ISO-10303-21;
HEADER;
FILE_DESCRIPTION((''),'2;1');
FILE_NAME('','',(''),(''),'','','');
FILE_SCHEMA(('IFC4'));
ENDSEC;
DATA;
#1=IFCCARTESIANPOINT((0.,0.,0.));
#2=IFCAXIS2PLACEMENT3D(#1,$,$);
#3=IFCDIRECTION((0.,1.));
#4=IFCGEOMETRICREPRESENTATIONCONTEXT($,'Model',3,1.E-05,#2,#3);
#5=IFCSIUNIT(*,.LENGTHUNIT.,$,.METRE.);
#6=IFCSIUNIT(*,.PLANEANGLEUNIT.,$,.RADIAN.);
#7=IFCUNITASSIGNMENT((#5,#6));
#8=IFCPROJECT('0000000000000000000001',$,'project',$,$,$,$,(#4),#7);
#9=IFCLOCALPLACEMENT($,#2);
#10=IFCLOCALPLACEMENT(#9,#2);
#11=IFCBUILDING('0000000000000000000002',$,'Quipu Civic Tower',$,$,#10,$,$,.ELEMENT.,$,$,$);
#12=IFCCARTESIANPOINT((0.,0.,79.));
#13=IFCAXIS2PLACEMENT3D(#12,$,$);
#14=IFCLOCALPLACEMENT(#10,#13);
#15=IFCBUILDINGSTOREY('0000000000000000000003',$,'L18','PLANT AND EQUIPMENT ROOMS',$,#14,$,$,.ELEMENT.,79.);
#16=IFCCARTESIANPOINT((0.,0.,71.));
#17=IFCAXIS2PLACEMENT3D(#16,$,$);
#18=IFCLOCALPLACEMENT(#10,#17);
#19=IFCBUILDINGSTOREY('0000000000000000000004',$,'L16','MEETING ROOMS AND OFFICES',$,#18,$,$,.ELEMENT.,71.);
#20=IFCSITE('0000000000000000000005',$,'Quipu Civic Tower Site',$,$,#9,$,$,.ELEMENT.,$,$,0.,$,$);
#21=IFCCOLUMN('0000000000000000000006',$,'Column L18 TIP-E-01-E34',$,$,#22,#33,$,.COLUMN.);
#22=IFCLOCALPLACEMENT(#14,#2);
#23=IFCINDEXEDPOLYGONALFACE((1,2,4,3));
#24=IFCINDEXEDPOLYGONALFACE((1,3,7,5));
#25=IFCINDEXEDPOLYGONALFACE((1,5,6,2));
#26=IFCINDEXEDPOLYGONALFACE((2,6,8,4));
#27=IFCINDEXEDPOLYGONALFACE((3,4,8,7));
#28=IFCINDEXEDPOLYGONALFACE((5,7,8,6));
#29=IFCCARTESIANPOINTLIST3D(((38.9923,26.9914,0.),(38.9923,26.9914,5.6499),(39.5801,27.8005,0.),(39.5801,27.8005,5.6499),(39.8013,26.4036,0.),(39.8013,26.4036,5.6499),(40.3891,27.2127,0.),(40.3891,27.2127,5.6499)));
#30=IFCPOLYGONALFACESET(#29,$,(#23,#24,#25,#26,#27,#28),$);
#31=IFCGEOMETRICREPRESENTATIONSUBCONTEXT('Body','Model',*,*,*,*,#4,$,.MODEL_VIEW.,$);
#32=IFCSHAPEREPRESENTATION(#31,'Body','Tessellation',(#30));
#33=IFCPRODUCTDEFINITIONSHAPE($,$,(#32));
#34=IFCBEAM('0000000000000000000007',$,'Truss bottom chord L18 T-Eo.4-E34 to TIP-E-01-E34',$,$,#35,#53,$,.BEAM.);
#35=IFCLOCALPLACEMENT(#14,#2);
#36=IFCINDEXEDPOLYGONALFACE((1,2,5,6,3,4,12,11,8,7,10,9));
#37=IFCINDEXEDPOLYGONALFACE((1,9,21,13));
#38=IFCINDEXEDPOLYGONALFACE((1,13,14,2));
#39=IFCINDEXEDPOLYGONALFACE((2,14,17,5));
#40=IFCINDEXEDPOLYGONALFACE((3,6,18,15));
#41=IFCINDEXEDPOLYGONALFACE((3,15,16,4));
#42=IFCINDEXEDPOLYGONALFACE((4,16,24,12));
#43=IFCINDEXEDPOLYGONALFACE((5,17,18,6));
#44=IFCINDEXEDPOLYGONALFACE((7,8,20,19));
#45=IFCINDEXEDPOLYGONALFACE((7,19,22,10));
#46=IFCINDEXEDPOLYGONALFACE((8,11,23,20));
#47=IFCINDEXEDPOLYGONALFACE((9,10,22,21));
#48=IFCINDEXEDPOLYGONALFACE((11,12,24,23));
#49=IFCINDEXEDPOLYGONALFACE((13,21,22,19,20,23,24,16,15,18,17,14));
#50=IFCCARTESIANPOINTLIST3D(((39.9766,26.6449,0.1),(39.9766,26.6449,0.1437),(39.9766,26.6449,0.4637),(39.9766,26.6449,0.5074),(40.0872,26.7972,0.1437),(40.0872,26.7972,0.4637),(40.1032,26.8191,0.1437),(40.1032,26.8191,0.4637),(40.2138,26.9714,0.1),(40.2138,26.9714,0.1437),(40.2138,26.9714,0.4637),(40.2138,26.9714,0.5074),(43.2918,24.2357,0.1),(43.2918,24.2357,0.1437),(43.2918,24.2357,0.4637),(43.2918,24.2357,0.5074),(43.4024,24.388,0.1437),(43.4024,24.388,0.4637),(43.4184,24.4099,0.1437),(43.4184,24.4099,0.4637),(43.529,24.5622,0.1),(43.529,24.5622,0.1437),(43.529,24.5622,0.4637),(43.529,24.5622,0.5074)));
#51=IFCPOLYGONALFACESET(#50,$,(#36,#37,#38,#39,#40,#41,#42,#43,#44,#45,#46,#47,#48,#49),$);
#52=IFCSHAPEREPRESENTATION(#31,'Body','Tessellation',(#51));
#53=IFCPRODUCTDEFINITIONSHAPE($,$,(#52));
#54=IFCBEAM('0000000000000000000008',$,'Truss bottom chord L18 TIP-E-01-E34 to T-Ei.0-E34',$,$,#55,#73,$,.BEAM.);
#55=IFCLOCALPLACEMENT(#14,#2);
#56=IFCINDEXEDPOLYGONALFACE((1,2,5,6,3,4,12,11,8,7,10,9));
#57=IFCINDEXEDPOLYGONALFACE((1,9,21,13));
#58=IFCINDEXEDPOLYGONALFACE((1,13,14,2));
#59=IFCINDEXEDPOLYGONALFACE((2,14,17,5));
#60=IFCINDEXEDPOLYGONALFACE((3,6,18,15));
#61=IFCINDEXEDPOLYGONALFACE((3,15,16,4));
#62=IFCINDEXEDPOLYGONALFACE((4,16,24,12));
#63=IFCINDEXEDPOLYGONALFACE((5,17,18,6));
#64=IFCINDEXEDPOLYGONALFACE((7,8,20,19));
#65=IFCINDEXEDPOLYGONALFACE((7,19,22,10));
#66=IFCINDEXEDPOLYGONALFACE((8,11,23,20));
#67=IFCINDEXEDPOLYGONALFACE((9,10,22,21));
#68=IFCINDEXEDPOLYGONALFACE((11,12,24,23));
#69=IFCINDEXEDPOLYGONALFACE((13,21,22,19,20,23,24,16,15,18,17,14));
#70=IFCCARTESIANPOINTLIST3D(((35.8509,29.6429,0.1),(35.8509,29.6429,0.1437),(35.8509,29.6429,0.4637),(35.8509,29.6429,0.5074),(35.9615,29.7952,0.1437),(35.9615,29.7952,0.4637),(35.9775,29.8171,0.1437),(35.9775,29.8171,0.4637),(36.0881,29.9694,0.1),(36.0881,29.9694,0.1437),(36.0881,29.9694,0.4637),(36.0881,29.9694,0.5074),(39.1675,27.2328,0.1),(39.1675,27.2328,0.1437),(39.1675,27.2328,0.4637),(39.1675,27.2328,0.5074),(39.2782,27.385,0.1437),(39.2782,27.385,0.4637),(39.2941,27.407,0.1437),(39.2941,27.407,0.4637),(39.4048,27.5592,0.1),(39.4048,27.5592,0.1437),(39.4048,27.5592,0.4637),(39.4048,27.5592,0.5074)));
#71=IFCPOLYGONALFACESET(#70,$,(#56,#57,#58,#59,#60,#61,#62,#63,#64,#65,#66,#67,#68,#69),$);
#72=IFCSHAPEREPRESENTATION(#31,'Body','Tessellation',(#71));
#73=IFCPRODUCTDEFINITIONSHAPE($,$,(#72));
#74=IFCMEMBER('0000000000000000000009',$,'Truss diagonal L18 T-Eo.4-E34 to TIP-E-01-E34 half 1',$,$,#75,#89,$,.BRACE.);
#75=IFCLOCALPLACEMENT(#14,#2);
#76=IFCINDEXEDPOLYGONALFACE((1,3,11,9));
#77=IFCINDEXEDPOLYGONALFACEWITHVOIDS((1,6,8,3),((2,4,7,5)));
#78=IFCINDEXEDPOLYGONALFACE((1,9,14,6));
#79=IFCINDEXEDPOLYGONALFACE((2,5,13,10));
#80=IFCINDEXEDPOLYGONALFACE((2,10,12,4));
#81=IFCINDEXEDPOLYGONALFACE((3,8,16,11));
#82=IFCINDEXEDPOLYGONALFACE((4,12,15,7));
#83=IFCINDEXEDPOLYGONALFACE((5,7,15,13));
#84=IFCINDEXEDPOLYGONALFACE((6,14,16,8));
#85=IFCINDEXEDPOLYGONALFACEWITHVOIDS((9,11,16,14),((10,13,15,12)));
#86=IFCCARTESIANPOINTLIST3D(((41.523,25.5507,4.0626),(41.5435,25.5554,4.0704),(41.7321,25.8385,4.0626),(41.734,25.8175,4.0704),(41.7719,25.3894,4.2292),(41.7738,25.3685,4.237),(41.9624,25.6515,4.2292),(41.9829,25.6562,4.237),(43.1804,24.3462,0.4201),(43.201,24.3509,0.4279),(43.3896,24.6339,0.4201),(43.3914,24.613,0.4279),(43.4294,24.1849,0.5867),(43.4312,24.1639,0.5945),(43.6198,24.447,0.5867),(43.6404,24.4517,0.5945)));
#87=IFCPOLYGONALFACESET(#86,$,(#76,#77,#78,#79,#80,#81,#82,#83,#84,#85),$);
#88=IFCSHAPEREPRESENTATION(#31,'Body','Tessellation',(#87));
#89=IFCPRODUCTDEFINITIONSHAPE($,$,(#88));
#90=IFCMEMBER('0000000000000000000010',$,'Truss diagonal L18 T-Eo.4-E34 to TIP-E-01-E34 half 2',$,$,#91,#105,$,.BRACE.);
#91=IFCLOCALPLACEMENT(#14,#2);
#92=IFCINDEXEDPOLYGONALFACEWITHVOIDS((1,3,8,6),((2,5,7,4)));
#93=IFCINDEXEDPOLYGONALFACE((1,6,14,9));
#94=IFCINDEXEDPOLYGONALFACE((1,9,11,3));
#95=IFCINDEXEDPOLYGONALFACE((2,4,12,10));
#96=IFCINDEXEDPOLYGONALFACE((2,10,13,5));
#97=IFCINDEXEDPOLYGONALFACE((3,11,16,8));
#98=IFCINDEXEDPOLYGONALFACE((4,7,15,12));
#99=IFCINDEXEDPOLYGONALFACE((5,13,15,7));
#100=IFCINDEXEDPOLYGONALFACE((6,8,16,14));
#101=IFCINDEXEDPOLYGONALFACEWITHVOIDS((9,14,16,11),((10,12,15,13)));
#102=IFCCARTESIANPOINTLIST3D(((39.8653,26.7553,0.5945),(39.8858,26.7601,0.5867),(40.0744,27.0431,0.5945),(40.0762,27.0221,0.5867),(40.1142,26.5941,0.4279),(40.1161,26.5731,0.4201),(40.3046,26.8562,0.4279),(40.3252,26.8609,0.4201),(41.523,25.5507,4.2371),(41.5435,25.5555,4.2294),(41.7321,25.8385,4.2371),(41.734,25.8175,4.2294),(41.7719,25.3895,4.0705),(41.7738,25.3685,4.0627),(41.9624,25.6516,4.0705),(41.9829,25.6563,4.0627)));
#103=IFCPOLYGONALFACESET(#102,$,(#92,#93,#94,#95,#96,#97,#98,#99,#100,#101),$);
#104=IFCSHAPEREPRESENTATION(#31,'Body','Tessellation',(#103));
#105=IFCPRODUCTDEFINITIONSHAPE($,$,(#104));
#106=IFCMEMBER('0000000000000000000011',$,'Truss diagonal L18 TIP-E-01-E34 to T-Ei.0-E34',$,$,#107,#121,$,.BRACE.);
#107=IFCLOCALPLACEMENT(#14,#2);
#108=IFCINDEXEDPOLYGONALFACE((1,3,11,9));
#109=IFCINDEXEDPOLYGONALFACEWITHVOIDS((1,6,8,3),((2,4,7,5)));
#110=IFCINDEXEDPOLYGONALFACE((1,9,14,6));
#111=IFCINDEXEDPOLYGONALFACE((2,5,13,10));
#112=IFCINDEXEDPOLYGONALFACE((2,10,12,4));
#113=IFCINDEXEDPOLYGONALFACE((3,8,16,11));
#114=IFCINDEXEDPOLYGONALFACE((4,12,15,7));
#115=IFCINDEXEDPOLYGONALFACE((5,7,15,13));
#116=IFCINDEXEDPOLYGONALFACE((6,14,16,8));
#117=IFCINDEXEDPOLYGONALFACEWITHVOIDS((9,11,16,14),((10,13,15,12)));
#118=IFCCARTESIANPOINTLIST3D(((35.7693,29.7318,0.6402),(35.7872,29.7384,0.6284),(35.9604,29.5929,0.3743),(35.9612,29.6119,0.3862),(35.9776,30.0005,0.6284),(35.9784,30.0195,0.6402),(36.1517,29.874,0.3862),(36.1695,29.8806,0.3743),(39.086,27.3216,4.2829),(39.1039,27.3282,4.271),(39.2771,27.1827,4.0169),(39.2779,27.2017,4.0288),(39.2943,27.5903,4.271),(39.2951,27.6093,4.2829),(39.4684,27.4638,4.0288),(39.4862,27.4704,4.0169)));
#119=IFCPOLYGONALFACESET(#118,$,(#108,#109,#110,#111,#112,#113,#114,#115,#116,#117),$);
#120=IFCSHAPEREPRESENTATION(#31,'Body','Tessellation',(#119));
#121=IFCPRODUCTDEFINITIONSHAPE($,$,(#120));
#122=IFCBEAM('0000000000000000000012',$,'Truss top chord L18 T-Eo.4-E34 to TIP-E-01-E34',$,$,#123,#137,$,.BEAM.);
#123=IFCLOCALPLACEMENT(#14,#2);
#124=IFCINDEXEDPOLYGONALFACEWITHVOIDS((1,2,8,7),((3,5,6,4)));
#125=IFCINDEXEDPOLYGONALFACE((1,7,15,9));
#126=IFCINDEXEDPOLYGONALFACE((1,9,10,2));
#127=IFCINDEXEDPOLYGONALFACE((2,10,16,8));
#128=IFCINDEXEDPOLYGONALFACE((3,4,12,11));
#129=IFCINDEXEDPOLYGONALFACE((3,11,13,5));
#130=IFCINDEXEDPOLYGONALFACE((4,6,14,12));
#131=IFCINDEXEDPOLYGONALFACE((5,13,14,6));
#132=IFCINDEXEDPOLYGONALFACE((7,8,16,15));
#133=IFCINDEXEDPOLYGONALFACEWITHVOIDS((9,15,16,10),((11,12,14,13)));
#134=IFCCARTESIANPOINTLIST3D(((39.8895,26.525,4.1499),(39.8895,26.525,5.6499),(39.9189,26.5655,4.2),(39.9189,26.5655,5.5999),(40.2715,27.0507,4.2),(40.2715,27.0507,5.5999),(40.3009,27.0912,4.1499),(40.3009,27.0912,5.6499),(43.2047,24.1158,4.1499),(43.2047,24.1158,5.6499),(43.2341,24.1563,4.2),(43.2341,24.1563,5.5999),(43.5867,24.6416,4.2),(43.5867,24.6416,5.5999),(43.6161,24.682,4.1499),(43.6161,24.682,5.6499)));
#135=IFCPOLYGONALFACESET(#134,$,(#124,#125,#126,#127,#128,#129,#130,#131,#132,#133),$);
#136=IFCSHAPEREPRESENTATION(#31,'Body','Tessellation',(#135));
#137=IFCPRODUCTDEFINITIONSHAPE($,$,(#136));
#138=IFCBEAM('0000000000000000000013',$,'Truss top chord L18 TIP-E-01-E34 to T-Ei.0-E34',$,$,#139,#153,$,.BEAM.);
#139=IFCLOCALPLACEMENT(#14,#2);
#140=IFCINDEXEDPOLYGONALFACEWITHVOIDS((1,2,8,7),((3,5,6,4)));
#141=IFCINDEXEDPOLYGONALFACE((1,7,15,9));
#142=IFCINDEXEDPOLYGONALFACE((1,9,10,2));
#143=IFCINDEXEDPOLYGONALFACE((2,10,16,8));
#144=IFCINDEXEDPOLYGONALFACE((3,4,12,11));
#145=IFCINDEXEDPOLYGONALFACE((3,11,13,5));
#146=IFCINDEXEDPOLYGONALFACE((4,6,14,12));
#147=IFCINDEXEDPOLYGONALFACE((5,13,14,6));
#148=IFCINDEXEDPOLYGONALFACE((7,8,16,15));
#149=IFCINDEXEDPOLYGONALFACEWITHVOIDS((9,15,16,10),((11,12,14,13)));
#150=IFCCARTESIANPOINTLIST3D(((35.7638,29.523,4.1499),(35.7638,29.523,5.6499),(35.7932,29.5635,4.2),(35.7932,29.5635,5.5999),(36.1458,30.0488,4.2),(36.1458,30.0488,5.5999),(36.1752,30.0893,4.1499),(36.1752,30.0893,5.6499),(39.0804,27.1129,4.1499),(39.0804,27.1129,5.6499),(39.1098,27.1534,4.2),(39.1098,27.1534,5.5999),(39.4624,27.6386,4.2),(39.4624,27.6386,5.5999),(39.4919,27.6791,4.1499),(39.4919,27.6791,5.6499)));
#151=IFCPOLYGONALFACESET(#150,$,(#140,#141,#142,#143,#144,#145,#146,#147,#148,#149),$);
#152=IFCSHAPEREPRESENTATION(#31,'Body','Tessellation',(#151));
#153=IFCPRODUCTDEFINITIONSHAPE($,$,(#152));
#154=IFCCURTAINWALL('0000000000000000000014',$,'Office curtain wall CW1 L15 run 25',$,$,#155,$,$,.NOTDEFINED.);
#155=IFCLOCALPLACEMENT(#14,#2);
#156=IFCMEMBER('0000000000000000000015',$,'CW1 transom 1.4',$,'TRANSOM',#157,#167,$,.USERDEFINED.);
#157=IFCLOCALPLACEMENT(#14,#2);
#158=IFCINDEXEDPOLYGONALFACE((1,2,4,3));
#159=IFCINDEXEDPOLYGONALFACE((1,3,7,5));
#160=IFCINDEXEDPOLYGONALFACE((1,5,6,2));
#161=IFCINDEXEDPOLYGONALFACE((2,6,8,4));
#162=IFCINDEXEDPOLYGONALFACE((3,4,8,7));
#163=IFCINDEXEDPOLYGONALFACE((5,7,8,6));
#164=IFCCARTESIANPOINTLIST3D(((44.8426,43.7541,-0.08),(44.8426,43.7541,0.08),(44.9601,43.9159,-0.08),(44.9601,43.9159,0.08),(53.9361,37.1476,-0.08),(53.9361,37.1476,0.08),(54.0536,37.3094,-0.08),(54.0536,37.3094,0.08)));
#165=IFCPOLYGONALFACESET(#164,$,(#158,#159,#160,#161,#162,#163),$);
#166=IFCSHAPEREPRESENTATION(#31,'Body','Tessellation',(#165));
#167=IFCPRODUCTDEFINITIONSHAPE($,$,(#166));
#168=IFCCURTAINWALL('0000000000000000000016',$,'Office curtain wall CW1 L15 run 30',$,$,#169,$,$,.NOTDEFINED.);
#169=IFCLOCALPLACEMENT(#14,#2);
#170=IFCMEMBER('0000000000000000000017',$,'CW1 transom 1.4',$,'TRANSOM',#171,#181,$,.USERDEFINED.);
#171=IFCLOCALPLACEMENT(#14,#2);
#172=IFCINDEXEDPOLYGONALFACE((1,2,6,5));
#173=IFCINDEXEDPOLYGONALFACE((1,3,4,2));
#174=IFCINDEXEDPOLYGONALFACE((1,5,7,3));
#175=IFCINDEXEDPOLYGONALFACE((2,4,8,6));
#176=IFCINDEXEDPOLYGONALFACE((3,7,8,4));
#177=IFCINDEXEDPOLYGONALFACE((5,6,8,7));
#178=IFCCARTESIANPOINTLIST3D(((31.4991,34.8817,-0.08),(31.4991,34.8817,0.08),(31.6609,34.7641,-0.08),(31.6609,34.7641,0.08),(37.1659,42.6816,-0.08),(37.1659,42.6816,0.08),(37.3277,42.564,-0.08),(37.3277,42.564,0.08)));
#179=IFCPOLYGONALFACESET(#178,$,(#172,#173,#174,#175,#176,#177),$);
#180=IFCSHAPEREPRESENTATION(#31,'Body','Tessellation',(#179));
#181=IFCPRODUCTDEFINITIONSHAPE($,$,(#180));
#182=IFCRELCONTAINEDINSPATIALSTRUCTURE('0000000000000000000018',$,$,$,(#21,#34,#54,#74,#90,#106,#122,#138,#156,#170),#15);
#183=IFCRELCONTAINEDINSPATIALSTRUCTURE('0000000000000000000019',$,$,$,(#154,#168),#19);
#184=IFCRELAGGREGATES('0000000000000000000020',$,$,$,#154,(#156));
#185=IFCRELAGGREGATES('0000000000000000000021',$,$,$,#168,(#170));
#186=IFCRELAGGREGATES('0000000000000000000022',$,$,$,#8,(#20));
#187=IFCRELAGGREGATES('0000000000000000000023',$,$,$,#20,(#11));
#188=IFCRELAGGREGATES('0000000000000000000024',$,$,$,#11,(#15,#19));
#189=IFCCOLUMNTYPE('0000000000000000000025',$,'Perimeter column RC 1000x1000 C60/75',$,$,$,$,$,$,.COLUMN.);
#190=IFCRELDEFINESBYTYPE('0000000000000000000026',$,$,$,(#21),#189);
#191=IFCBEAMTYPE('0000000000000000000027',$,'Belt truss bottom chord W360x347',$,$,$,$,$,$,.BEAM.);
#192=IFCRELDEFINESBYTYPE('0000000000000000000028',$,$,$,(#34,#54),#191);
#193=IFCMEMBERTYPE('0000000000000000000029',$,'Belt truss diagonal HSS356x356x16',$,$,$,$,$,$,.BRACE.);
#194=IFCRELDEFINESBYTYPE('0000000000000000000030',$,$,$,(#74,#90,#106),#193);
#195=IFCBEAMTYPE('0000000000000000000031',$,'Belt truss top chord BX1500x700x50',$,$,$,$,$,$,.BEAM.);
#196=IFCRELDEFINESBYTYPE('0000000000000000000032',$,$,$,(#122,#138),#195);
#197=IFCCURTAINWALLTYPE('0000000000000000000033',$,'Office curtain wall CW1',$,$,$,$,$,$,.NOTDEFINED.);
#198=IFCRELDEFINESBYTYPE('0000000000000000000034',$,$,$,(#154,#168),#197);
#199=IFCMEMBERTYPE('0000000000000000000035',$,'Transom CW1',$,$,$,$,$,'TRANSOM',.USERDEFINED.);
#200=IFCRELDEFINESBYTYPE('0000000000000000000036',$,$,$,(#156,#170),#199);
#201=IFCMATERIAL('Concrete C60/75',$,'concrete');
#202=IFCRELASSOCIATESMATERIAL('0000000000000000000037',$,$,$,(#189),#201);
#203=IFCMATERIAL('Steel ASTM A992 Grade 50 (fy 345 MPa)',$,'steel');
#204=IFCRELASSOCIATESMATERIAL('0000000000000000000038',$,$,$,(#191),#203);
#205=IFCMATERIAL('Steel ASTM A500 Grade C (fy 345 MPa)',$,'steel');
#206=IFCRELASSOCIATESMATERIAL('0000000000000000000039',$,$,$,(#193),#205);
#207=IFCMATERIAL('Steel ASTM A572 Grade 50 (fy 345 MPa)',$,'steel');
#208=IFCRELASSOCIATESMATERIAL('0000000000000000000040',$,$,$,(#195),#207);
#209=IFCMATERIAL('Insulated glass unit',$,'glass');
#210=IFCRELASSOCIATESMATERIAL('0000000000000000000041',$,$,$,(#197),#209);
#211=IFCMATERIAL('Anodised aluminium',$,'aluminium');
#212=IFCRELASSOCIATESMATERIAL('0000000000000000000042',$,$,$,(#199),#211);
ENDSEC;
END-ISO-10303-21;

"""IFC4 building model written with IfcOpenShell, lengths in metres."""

from ifc_helpers import new_model, si_unit, direction, frame, origin, origin_2d, place, context, subcontext, project, spatial, rectangle, hollow_rectangle, i_section, extrude, material, material_profile, profile_set, type_object, element, aggregate, save


model = new_model("IFC4")

# Units and contexts
model_context = context("Model", 3, precision=1e-05, world=origin(), true_north=direction((0.0, 1.0)))
body_context = subcontext(model_context, "Body", "Model", "MODEL_VIEW")
ifc_project = project(units=[si_unit("LENGTHUNIT", "METRE"), si_unit("PLANEANGLEUNIT", "RADIAN")], contexts=[model_context])

# Site, building, storey
site_placement = place(None, origin())
site = spatial("IfcSite", under=ifc_project, at=site_placement, Name="Quipu Civic Tower Site", CompositionType="ELEMENT", RefElevation=0.0)
building_placement = place(site_placement, origin())
building = spatial("IfcBuilding", under=site, at=building_placement, Name="Quipu Civic Tower", CompositionType="ELEMENT")
storey_1_placement = place(building_placement, frame((0.0, 0.0, 79.0)))
storey_1 = spatial("IfcBuildingStorey", under=building, at=storey_1_placement, Name="L18", Description="PLANT AND EQUIPMENT ROOMS", CompositionType="ELEMENT", Elevation=79.0)

# Column
ifc_material_1 = material(Name="Concrete C60/75", Category="concrete")
ifc_material_profile_1 = material_profile(ifc_material_1, rectangle(XDim=1.0, YDim=1.0, at=origin_2d()), Name="RC1000x1000")
ifc_profile_set_1 = profile_set([ifc_material_profile_1], Name="Concrete C60/75")
column_type = type_object("IfcColumnType", Name="Perimeter column RC 1000x1000 C60/75", PredefinedType="COLUMN", material=ifc_profile_set_1)
column_placement = place(storey_1_placement, frame((39.6907, 27.1021, 0.0), z_axis=(0.0, 0.0, 1.0), x_axis=(-0.809017, 0.587785, 0.0)))
element("IfcColumn", 1, at=column_placement, inside=storey_1, type_object=column_type, Name="Column L18 TIP-E-01-E34", PredefinedType="COLUMN", context=body_context, shape_type="SweptSolid", body=[
    extrude(rectangle(XDim=1.0, YDim=1.0, at=origin_2d()), origin(), (0.0, 0.0, 1.0), 5.6499),
])

# Beams
ifc_material_2 = material(Name="Steel ASTM A992 Grade 50 (fy 345 MPa)", Category="steel")
ifc_material_profile_2 = material_profile(ifc_material_2, i_section(OverallWidth=0.4036, OverallDepth=0.4075, WebThickness=0.0271, FlangeThickness=0.0437, at=origin_2d()), Name="W360x347")
ifc_profile_set_2 = profile_set([ifc_material_profile_2], Name="Steel ASTM A992 Grade 50 (fy 345 MPa)")
beam_type_1 = type_object("IfcBeamType", Name="Belt truss bottom chord W360x347", PredefinedType="BEAM", material=ifc_profile_set_2)
beam_1_placement = place(storey_1_placement, frame((43.4104, 24.3989, 0.3037), z_axis=(-0.808952, 0.587874, 0.0), x_axis=(-0.587874, -0.808952, 0.0)))
element("IfcBeam", 2, at=beam_1_placement, inside=storey_1, type_object=beam_type_1, Name="Truss bottom chord L18 T-Eo.4-E34 to TIP-E-01-E34", PredefinedType="BEAM", context=body_context, shape_type="SweptSolid", body=[
    extrude(i_section(OverallWidth=0.4036, OverallDepth=0.4075, WebThickness=0.0271, FlangeThickness=0.0437, at=origin_2d()), origin(), (0.0, 0.0, 1.0), 4.0981),
])
beam_2_placement = place(storey_1_placement, frame((39.2861, 27.396, 0.3037), z_axis=(-0.808963, 0.58786, 0.0), x_axis=(-0.58786, -0.808963, 0.0)))
element("IfcBeam", 3, at=beam_2_placement, inside=storey_1, type_object=beam_type_1, Name="Truss bottom chord L18 TIP-E-01-E34 to T-Ei.0-E34", PredefinedType="BEAM", context=body_context, shape_type="SweptSolid", body=[
    extrude(i_section(OverallWidth=0.4036, OverallDepth=0.4075, WebThickness=0.0271, FlangeThickness=0.0437, at=origin_2d()), origin(), (0.0, 0.0, 1.0), 4.0999),
])

# Members
ifc_material_3 = material(Name="Steel ASTM A500 Grade C (fy 345 MPa)", Category="steel")
ifc_material_profile_3 = material_profile(ifc_material_3, hollow_rectangle(XDim=0.3557, YDim=0.3557, WallThickness=0.0159, at=origin_2d()), Name="HSS356x356x16")
ifc_profile_set_3 = profile_set([ifc_material_profile_3], Name="Steel ASTM A500 Grade C (fy 345 MPa)")
member_type_1 = type_object("IfcMemberType", Name="Belt truss diagonal HSS356x356x16", PredefinedType="BRACE", material=ifc_profile_set_3)
member_1_placement = place(storey_1_placement, frame((43.4104, 24.3989, 0.5073), z_axis=(-0.39659, 0.288227, 0.871574), x_axis=(-0.587902, -0.808932, 0.0)))
element("IfcMember", 4, at=member_1_placement, inside=storey_1, type_object=member_type_1, Name="Truss diagonal L18 T-Eo.4-E34 to TIP-E-01-E34 half 1", PredefinedType="BRACE", context=body_context, shape_type="SweptSolid", body=[
    extrude(hollow_rectangle(XDim=0.3557, YDim=0.3557, WallThickness=0.0159, at=origin_2d()), origin(), (0.0, 0.0, 1.0), 4.1792),
])
member_2_placement = place(storey_1_placement, frame((40.0952, 26.8081, 0.5073), z_axis=(0.396639, -0.28822, 0.871554), x_axis=(0.587846, 0.808973, 0.0)))
element("IfcMember", 5, at=member_2_placement, inside=storey_1, type_object=member_type_1, Name="Truss diagonal L18 T-Eo.4-E34 to TIP-E-01-E34 half 2", PredefinedType="BRACE", context=body_context, shape_type="SweptSolid", body=[
    extrude(hollow_rectangle(XDim=0.3557, YDim=0.3557, WallThickness=0.0159, at=origin_2d()), origin(), (0.0, 0.0, 1.0), 4.1794),
])
member_3_placement = place(storey_1_placement, frame((39.2861, 27.396, 4.1499), z_axis=(-0.604755, 0.439466, -0.664185), x_axis=(-0.58786, -0.808963, 0.0)))
element("IfcMember", 6, at=member_3_placement, inside=storey_1, type_object=member_type_1, Name="Truss diagonal L18 TIP-E-01-E34 to T-Ei.0-E34", PredefinedType="BRACE", context=body_context, shape_type="SweptSolid", body=[
    extrude(hollow_rectangle(XDim=0.3557, YDim=0.3557, WallThickness=0.0159, at=origin_2d()), origin(), (0.0, 0.0, 1.0), 5.4844),
])

# Beams
ifc_material_4 = material(Name="Steel ASTM A572 Grade 50 (fy 345 MPa)", Category="steel")
ifc_material_profile_4 = material_profile(ifc_material_4, hollow_rectangle(XDim=0.7, YDim=1.5, WallThickness=0.05, at=origin_2d()), Name="BX1500x700x50")
ifc_profile_set_4 = profile_set([ifc_material_profile_4], Name="Steel ASTM A572 Grade 50 (fy 345 MPa)")
beam_type_2 = type_object("IfcBeamType", Name="Belt truss top chord BX1500x700x50", PredefinedType="BEAM", material=ifc_profile_set_4)
beam_3_placement = place(storey_1_placement, frame((43.4104, 24.3989, 4.8999), z_axis=(-0.808952, 0.587874, 0.0), x_axis=(-0.587874, -0.808952, 0.0)))
element("IfcBeam", 7, at=beam_3_placement, inside=storey_1, type_object=beam_type_2, Name="Truss top chord L18 T-Eo.4-E34 to TIP-E-01-E34", PredefinedType="BEAM", context=body_context, shape_type="SweptSolid", body=[
    extrude(hollow_rectangle(XDim=0.7, YDim=1.5, WallThickness=0.05, at=origin_2d()), origin(), (0.0, 0.0, 1.0), 4.0981),
])
beam_4_placement = place(storey_1_placement, frame((39.2861, 27.396, 4.8999), z_axis=(-0.808963, 0.58786, 0.0), x_axis=(-0.58786, -0.808963, 0.0)))
element("IfcBeam", 8, at=beam_4_placement, inside=storey_1, type_object=beam_type_2, Name="Truss top chord L18 TIP-E-01-E34 to T-Ei.0-E34", PredefinedType="BEAM", context=body_context, shape_type="SweptSolid", body=[
    extrude(hollow_rectangle(XDim=0.7, YDim=1.5, WallThickness=0.05, at=origin_2d()), origin(), (0.0, 0.0, 1.0), 4.0999),
])

# Shared definitions
storey_2_placement = place(building_placement, frame((0.0, 0.0, 71.0)))
storey_2 = spatial("IfcBuildingStorey", under=building, at=storey_2_placement, Name="L16", Description="MEETING ROOMS AND OFFICES", CompositionType="ELEMENT", Elevation=71.0)

# Curtain walls, members
ifc_material_5 = material(Name="Insulated glass unit", Category="glass")
curtain_wall_type = type_object("IfcCurtainWallType", Name="Office curtain wall CW1", PredefinedType="NOTDEFINED", material=ifc_material_5)
curtain_wall_1_placement = place(storey_2_placement, origin())
curtain_wall_1 = element("IfcCurtainWall", 9, at=curtain_wall_1_placement, inside=storey_2, type_object=curtain_wall_type, Name="Office curtain wall CW1 L15 run 25", PredefinedType="NOTDEFINED")
ifc_material_6 = material(Name="Anodised aluminium", Category="aluminium")
ifc_material_profile_5 = material_profile(ifc_material_6, rectangle(XDim=0.2, YDim=0.1599, at=origin_2d()), Name="RECT 200x160")
ifc_profile_set_5 = profile_set([ifc_material_profile_5], Name="Anodised aluminium")
member_type_2 = type_object("IfcMemberType", Name="Transom CW1", ElementType="TRANSOM", PredefinedType="USERDEFINED", material=ifc_profile_set_5)
member_4_placement = place(storey_1_placement, frame((53.9949, 37.2285, 0.0), z_axis=(-0.809033, 0.587764, 0.0), x_axis=(-0.587764, -0.809033, 0.0)))
member_4 = element("IfcMember", 10, at=member_4_placement, inside=storey_1, type_object=member_type_2, Name="CW1 transom 1.4", ObjectType="TRANSOM", PredefinedType="USERDEFINED", context=body_context, shape_type="SweptSolid", body=[
    extrude(rectangle(XDim=0.2, YDim=0.1599, at=origin_2d()), origin(), (0.0, 0.0, 1.0), 11.24),
])
aggregate(curtain_wall_1, [member_4])
curtain_wall_2_placement = place(storey_2_placement, origin())
curtain_wall_2 = element("IfcCurtainWall", 11, at=curtain_wall_2_placement, inside=storey_2, type_object=curtain_wall_type, Name="Office curtain wall CW1 L15 run 30", PredefinedType="NOTDEFINED")
member_5_placement = place(storey_1_placement, frame((37.2468, 42.6228, 0.0), z_axis=(-0.587776, -0.809024, 0.0), x_axis=(0.809024, -0.587776, 0.0)))
member_5 = element("IfcMember", 12, at=member_5_placement, inside=storey_1, type_object=member_type_2, Name="CW1 transom 1.4", ObjectType="TRANSOM", PredefinedType="USERDEFINED", context=body_context, shape_type="SweptSolid", body=[
    extrude(rectangle(XDim=0.2, YDim=0.1599, at=origin_2d()), origin(), (0.0, 0.0, 1.0), 9.6411),
])
aggregate(curtain_wall_2, [member_5])

save(model, "model.ifc")
